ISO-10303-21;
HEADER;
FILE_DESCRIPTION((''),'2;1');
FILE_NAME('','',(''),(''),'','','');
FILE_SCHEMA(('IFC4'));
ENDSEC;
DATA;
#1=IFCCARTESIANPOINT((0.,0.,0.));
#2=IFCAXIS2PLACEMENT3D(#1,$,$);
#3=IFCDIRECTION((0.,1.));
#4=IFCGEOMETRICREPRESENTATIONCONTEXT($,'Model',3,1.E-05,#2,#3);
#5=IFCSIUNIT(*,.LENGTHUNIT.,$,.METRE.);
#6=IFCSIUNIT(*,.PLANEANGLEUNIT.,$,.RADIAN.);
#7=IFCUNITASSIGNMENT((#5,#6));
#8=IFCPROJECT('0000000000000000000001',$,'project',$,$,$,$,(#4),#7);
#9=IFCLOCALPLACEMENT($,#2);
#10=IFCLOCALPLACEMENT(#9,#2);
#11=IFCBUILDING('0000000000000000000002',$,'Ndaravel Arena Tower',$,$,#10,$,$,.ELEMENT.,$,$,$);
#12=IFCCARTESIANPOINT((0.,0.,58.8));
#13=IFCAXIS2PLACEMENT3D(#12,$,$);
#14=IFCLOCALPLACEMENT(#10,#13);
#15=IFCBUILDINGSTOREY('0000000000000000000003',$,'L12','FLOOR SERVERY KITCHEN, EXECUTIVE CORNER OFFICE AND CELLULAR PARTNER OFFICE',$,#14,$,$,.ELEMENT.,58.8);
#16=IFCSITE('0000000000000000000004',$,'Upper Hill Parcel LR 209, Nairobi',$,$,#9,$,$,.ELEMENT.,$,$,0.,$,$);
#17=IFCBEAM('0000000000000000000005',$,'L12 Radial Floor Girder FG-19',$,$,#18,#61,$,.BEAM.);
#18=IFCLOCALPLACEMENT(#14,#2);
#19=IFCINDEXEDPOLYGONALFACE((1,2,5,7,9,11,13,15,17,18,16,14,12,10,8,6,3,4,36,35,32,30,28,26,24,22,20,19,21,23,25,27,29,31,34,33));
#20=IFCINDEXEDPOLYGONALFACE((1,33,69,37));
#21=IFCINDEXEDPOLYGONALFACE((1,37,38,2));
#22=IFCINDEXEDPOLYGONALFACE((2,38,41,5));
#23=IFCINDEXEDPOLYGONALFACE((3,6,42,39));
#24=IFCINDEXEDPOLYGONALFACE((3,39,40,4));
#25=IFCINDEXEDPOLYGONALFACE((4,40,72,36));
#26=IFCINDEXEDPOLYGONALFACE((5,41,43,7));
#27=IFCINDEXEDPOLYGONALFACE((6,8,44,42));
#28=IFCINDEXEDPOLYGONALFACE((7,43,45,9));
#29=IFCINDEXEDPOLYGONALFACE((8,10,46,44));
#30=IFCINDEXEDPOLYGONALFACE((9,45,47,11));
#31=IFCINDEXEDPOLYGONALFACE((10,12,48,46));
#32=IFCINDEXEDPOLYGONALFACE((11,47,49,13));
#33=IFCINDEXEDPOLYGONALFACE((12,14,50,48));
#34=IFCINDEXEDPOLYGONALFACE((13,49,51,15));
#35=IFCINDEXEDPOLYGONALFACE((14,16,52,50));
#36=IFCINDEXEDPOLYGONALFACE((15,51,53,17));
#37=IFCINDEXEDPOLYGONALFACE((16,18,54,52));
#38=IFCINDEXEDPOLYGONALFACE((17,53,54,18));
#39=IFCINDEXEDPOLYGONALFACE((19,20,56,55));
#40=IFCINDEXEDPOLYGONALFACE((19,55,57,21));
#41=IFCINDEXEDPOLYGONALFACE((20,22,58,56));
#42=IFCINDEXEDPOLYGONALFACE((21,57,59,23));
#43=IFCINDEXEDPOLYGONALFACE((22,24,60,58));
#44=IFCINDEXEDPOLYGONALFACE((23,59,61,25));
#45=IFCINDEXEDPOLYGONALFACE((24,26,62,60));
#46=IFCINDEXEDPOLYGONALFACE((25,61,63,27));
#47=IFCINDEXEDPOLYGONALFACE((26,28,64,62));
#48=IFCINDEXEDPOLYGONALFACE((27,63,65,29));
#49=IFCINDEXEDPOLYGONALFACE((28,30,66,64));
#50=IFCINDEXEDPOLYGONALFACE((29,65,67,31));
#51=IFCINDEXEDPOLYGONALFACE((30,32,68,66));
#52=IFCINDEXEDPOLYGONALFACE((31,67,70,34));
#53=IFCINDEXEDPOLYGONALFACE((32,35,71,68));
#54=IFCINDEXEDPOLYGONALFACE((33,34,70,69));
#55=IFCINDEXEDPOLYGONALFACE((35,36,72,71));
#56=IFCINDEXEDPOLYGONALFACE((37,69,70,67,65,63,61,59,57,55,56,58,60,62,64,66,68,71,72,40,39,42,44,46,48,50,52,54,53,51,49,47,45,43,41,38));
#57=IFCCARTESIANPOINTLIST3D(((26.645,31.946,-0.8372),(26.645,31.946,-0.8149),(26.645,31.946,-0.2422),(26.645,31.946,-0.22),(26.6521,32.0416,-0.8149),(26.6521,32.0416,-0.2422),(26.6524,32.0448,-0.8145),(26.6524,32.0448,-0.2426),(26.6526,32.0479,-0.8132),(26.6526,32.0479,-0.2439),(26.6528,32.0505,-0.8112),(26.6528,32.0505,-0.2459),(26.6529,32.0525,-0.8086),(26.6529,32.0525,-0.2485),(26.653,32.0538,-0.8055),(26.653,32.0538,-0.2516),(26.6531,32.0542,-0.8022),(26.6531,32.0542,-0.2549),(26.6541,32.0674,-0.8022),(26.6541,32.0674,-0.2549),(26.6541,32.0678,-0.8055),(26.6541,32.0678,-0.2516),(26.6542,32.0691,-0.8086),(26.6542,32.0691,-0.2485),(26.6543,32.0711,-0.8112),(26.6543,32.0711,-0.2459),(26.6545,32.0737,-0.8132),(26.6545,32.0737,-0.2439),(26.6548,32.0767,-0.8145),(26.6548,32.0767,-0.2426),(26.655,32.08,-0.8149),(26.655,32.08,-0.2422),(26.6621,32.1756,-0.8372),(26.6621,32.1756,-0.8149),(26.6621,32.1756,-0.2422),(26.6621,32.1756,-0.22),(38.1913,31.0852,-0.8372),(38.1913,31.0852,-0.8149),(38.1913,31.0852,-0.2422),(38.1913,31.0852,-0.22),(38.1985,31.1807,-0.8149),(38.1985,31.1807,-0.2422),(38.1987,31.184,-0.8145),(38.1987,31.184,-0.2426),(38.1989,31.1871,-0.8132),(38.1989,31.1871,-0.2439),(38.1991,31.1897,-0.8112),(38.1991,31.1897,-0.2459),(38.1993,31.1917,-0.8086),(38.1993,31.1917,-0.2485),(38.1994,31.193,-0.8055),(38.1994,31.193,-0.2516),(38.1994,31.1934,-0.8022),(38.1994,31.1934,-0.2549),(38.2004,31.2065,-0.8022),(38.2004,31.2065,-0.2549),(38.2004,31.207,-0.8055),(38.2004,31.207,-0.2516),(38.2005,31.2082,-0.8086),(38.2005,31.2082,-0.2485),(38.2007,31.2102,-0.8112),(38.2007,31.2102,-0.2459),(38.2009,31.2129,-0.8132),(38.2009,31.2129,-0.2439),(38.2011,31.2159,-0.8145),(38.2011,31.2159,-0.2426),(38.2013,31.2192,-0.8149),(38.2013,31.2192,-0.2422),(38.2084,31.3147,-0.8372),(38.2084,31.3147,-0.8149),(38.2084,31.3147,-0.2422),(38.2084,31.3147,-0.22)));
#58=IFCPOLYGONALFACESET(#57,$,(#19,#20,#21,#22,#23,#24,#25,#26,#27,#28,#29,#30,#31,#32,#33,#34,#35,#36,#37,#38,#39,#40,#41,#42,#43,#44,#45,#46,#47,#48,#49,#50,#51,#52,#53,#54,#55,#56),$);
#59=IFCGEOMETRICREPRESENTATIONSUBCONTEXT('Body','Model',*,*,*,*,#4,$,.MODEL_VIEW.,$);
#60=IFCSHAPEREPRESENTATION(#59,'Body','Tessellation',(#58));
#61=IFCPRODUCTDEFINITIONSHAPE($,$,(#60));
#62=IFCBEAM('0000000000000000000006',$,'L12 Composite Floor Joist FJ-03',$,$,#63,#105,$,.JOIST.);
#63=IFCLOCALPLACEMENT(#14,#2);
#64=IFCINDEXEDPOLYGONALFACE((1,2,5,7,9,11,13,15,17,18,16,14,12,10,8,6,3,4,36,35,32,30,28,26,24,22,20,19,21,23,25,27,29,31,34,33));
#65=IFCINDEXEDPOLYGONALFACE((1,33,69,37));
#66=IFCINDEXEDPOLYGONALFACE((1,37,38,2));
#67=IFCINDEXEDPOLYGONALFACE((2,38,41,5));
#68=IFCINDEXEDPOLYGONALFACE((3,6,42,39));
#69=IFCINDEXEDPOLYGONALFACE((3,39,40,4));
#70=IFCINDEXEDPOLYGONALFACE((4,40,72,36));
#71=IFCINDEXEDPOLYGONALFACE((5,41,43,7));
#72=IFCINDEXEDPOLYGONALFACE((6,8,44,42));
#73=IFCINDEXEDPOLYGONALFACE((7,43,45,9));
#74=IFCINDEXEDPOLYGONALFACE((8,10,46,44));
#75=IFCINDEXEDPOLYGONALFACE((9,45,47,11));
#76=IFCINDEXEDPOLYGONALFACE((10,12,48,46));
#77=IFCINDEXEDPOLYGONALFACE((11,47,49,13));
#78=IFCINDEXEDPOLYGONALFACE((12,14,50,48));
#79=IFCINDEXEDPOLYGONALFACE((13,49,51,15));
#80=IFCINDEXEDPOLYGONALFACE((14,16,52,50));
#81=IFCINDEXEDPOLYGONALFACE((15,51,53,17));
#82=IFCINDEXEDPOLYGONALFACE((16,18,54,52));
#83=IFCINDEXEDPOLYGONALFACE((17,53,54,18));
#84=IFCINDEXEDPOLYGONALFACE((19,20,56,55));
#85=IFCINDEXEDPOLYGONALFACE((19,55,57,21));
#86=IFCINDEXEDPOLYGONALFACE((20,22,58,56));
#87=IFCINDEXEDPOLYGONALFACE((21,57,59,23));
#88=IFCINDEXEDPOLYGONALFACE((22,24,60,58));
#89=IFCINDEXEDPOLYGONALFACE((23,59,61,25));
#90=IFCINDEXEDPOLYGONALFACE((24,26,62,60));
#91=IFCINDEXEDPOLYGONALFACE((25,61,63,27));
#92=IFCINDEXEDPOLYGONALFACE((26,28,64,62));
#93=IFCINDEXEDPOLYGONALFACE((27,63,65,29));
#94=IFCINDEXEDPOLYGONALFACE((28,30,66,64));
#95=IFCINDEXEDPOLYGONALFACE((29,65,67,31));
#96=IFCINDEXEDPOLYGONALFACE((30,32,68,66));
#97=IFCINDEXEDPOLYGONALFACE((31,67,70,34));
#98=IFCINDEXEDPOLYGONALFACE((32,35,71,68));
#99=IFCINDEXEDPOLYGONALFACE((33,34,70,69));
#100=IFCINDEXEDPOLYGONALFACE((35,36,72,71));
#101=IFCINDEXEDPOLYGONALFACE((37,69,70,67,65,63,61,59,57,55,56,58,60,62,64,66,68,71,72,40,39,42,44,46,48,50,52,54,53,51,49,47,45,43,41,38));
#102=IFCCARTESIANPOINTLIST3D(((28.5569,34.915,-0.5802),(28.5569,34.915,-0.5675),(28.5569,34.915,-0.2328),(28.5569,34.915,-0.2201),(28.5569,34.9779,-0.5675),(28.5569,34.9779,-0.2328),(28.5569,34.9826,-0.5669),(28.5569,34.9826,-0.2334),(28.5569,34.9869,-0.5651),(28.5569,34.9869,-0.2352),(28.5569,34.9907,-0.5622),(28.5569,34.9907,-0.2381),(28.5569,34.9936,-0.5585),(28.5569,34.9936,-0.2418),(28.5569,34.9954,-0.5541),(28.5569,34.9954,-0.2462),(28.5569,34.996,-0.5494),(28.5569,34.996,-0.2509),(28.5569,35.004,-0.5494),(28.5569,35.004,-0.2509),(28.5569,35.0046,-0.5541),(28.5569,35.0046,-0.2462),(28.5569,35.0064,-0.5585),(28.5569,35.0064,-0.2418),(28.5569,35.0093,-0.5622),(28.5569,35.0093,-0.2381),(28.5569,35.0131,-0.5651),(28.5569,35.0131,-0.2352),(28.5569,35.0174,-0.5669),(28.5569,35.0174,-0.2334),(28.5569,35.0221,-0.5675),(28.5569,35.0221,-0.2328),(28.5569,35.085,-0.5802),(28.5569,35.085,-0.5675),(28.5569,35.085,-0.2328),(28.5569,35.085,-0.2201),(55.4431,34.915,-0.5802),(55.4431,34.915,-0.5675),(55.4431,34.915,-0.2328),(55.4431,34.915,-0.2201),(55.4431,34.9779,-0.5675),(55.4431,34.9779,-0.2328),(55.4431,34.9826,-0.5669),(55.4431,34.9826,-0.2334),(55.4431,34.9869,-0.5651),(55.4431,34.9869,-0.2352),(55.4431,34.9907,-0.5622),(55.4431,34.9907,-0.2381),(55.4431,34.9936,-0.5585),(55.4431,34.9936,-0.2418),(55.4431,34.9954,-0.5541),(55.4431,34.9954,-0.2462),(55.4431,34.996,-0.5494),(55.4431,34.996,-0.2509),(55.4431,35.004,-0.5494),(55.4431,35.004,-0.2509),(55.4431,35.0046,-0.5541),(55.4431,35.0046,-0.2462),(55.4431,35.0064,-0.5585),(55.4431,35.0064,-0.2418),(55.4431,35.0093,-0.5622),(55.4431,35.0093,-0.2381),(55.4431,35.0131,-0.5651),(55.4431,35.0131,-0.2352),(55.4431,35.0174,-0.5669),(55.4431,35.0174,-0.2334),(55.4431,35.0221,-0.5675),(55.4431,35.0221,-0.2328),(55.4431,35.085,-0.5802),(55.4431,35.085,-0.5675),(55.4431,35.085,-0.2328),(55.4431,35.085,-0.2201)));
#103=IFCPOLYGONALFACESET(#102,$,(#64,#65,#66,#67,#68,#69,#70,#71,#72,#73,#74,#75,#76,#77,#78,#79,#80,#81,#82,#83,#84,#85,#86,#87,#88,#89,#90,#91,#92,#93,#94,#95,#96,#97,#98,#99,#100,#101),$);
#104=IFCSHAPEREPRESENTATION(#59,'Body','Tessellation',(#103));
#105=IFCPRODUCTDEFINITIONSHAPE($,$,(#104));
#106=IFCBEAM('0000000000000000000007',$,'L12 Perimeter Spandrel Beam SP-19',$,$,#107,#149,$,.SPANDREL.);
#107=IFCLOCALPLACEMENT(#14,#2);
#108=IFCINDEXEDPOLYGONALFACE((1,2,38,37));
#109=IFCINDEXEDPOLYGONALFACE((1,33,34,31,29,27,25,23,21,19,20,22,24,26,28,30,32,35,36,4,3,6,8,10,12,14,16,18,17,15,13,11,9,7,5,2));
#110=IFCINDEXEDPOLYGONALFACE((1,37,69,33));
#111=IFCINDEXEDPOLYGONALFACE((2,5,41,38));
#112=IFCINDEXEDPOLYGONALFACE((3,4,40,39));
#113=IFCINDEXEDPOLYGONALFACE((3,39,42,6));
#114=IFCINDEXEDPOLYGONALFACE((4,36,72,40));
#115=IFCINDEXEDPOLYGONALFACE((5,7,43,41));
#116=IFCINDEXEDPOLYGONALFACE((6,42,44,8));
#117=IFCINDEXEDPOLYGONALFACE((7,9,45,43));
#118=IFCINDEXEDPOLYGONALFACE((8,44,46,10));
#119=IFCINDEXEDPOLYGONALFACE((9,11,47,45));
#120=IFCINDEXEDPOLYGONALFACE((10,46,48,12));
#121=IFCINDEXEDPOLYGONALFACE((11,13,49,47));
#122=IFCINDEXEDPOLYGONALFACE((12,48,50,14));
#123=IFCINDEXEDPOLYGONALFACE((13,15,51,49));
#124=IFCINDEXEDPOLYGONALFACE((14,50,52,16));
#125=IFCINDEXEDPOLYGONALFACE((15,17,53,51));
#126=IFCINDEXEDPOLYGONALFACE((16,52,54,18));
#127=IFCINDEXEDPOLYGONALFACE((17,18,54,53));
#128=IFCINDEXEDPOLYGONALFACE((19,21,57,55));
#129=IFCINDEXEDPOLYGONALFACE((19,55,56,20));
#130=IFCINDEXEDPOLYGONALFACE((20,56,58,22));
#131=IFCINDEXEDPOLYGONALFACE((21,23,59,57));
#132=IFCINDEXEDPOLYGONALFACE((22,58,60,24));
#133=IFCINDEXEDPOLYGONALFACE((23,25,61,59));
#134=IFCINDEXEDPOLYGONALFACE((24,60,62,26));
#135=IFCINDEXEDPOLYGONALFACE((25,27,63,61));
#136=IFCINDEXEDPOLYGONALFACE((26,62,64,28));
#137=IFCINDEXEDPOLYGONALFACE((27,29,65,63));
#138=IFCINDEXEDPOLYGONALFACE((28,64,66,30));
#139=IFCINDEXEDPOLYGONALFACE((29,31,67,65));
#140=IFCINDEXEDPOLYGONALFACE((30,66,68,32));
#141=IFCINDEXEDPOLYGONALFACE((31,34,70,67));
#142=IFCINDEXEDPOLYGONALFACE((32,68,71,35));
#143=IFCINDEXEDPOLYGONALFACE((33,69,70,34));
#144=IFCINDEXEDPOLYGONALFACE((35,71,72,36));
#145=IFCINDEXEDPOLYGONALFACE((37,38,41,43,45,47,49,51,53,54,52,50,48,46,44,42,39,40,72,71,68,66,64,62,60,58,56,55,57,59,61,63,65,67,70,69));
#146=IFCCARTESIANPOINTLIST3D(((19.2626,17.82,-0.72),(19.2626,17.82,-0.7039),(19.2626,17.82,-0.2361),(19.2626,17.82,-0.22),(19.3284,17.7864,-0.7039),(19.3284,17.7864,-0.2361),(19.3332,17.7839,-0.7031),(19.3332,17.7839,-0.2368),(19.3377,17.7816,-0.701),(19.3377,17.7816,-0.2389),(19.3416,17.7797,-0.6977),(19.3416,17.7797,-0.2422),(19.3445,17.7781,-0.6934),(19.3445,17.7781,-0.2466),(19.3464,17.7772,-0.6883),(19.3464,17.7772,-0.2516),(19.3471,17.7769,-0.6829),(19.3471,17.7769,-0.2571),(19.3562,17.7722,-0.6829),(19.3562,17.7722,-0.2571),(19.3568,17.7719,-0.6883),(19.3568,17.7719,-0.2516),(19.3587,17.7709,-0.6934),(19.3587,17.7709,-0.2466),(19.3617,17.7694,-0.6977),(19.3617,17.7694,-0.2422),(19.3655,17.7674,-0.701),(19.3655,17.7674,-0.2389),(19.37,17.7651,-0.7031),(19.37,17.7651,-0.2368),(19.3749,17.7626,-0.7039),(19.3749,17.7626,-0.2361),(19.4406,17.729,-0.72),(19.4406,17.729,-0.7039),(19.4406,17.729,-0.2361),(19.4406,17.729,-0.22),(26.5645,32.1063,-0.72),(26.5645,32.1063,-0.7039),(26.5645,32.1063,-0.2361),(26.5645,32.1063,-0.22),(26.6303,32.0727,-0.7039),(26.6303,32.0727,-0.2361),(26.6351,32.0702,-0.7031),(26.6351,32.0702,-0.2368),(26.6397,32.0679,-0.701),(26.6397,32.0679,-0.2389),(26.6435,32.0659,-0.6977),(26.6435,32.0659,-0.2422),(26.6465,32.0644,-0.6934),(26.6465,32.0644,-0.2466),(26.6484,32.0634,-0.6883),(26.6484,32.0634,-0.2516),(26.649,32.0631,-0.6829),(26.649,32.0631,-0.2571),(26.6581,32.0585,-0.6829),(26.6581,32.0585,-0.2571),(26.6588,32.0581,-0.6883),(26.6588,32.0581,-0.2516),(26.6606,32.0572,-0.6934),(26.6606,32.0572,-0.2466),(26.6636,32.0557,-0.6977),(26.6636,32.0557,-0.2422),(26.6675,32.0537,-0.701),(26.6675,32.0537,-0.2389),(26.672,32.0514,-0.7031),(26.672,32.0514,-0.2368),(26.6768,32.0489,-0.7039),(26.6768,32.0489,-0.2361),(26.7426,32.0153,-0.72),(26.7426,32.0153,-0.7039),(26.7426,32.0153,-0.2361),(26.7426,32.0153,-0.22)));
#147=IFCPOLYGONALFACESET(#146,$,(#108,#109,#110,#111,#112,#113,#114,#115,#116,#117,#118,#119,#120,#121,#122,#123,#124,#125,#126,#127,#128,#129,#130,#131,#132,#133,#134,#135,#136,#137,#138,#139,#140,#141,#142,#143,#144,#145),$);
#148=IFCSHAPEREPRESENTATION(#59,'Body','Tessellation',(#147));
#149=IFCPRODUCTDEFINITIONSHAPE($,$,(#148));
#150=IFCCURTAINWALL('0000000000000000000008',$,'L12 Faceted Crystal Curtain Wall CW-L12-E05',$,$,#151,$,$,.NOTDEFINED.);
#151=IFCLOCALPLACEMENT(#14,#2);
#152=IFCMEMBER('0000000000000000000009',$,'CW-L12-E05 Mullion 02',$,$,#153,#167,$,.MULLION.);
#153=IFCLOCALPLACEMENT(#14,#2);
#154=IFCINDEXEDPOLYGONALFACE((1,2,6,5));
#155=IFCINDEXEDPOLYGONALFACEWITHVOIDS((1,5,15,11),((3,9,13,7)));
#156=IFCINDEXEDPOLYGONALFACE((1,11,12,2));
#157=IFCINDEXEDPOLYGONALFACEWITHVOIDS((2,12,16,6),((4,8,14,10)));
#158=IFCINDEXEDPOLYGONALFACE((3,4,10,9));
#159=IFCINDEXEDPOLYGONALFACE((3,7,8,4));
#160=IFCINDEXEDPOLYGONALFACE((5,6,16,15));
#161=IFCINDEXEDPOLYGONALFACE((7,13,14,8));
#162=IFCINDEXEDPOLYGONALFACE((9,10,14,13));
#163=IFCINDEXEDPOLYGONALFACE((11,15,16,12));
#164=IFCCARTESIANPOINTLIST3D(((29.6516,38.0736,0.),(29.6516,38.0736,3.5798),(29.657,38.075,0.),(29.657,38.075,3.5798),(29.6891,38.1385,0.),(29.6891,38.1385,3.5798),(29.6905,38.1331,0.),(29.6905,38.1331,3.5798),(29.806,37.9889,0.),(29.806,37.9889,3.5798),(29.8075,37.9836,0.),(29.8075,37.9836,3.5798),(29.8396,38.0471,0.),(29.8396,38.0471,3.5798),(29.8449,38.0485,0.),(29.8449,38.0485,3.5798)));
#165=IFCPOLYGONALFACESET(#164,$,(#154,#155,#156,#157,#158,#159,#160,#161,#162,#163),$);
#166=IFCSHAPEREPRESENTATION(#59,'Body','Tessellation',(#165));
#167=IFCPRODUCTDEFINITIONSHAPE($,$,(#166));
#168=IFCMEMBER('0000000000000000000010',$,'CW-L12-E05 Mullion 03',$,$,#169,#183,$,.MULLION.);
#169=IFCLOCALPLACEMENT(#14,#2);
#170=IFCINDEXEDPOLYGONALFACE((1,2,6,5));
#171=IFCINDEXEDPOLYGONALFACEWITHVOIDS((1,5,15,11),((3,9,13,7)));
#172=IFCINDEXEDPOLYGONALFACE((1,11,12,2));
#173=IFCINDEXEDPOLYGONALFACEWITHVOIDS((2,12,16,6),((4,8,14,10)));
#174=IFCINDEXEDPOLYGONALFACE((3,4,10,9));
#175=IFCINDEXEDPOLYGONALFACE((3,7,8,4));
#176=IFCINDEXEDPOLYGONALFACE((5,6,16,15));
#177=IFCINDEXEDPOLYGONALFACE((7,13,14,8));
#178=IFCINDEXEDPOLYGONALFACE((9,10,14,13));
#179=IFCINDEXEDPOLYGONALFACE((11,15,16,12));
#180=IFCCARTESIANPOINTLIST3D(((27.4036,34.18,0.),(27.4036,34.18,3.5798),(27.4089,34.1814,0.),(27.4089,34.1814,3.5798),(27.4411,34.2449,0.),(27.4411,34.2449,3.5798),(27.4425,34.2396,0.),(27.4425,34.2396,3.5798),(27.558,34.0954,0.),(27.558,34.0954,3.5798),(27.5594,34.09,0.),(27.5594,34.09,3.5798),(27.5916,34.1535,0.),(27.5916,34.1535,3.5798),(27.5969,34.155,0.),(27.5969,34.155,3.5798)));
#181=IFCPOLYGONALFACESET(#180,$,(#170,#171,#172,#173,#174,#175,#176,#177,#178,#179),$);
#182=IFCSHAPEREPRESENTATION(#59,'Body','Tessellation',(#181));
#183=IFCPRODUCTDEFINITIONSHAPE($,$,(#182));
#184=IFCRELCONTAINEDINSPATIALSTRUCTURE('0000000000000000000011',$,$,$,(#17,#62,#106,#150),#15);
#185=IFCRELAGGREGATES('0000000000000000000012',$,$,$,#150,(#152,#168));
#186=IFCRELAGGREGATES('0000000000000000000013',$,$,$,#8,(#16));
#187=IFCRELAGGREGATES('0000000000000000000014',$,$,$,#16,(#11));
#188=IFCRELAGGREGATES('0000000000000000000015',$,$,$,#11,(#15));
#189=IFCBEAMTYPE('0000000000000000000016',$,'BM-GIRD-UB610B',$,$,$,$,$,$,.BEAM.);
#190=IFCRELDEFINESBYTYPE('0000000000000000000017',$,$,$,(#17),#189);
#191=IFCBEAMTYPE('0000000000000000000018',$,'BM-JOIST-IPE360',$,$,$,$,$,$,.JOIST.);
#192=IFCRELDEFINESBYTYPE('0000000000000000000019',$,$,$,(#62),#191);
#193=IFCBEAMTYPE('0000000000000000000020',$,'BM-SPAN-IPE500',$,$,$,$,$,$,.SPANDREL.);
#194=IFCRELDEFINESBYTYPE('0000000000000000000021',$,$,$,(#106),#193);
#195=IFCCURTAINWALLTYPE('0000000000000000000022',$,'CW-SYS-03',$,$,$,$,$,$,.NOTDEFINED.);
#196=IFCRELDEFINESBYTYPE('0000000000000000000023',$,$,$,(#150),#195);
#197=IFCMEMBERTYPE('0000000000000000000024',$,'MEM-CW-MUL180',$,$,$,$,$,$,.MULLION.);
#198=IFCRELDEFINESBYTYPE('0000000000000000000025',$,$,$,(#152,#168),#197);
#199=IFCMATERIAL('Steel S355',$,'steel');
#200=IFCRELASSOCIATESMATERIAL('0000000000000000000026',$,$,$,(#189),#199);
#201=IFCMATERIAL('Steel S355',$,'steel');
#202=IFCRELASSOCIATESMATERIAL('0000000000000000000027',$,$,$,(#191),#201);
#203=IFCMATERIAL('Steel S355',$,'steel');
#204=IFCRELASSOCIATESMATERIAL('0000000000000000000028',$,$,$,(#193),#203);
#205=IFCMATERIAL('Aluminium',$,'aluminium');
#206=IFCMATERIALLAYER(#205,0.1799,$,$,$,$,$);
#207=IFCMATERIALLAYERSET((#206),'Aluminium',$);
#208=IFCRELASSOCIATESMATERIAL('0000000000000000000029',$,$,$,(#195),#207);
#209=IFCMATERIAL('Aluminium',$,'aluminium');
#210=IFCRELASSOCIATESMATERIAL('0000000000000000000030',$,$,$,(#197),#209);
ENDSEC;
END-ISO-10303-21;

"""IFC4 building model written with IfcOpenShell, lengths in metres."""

from ifc_helpers import new_model, si_unit, direction, frame, origin, origin_2d, place, context, subcontext, project, spatial, hollow_rectangle, i_section, extrude, material, layer, layer_set, material_profile, profile_set, type_object, element, aggregate, save


model = new_model("IFC4")

# Units and contexts
model_context = context("Model", 3, precision=1e-05, world=origin(), true_north=direction((0.0, 1.0)))
body_context = subcontext(model_context, "Body", "Model", "MODEL_VIEW")
ifc_project = project(units=[si_unit("LENGTHUNIT", "METRE"), si_unit("PLANEANGLEUNIT", "RADIAN")], contexts=[model_context])

# Site, building, storey
site_placement = place(None, origin())
site = spatial("IfcSite", under=ifc_project, at=site_placement, Name="Upper Hill Parcel LR 209, Nairobi", CompositionType="ELEMENT", RefElevation=0.0)
building_placement = place(site_placement, origin())
building = spatial("IfcBuilding", under=site, at=building_placement, Name="Ndaravel Arena Tower", CompositionType="ELEMENT")
storey_placement = place(building_placement, frame((0.0, 0.0, 58.8)))
storey = spatial("IfcBuildingStorey", under=building, at=storey_placement, Name="L12", Description="FLOOR SERVERY KITCHEN, EXECUTIVE CORNER OFFICE AND CELLULAR PARTNER OFFICE", CompositionType="ELEMENT", Elevation=58.8)

# Beams
ifc_material_1 = material(Name="Steel S355", Category="steel")
ifc_material_profile_1 = material_profile(ifc_material_1, i_section(OverallWidth=0.2302, OverallDepth=0.6172, WebThickness=0.0132, FlangeThickness=0.0222, FilletRadius=0.0127, at=origin_2d()), Name="UB 610x229x140")
ifc_profile_set_1 = profile_set([ifc_material_profile_1], Name="Steel S355")
beam_type_1 = type_object("IfcBeamType", Name="BM-GIRD-UB610B", PredefinedType="BEAM", material=ifc_profile_set_1)
beam_1_placement = place(storey_placement, frame((26.6536, 32.0608, -0.5286), z_axis=(0.997232, -0.074349, 0.0), x_axis=(0.074349, 0.997232, 0.0)))
element("IfcBeam", 1, at=beam_1_placement, inside=storey, type_object=beam_type_1, Name="L12 Radial Floor Girder FG-19", PredefinedType="BEAM", context=body_context, shape_type="SweptSolid", body=[
    extrude(i_section(OverallWidth=0.2302, OverallDepth=0.6172, WebThickness=0.0132, FlangeThickness=0.0222, FilletRadius=0.0127, at=origin_2d()), origin(), (0.0, 0.0, 1.0), 11.5784),
])
ifc_material_2 = material(Name="Steel S355", Category="steel")
ifc_material_profile_2 = material_profile(ifc_material_2, i_section(OverallWidth=0.1699, OverallDepth=0.3601, WebThickness=0.0081, FlangeThickness=0.0127, FilletRadius=0.0181, at=origin_2d()), Name="IPE 360")
ifc_profile_set_2 = profile_set([ifc_material_profile_2], Name="Steel S355")
beam_type_2 = type_object("IfcBeamType", Name="BM-JOIST-IPE360", PredefinedType="JOIST", material=ifc_profile_set_2)
beam_2_placement = place(storey_placement, frame((28.5569, 35.0, -0.4001), z_axis=(1.0, 0.0, 0.0), x_axis=(0.0, 1.0, 0.0)))
element("IfcBeam", 2, at=beam_2_placement, inside=storey, type_object=beam_type_2, Name="L12 Composite Floor Joist FJ-03", PredefinedType="JOIST", context=body_context, shape_type="SweptSolid", body=[
    extrude(i_section(OverallWidth=0.1699, OverallDepth=0.3601, WebThickness=0.0081, FlangeThickness=0.0127, FilletRadius=0.0181, at=origin_2d()), origin(), (0.0, 0.0, 1.0), 26.8862),
])
ifc_material_3 = material(Name="Steel S355", Category="steel")
ifc_material_profile_3 = material_profile(ifc_material_3, i_section(OverallWidth=0.2, OverallDepth=0.5, WebThickness=0.0103, FlangeThickness=0.0161, FilletRadius=0.021, at=origin_2d()), Name="IPE 500")
ifc_profile_set_3 = profile_set([ifc_material_profile_3], Name="Steel S355")
beam_type_3 = type_object("IfcBeamType", Name="BM-SPAN-IPE500", PredefinedType="SPANDREL", material=ifc_profile_set_3)
beam_3_placement = place(storey_placement, frame((26.6536, 32.0608, -0.47), z_axis=(-0.455115, -0.890433, 0.0), x_axis=(0.890433, -0.455115, 0.0)))
element("IfcBeam", 3, at=beam_3_placement, inside=storey, type_object=beam_type_3, Name="L12 Perimeter Spandrel Beam SP-19", PredefinedType="SPANDREL", context=body_context, shape_type="SweptSolid", body=[
    extrude(i_section(OverallWidth=0.2, OverallDepth=0.5, WebThickness=0.0103, FlangeThickness=0.0161, FilletRadius=0.021, at=origin_2d()), origin(), (0.0, 0.0, 1.0), 16.0442),
])

# Curtain wall, members
ifc_material_4 = material(Name="Aluminium", Category="aluminium")
ifc_layer_1 = layer(ifc_material_4, 0.1799)
ifc_layer_set_1 = layer_set([ifc_layer_1], Name="Aluminium")
curtain_wall_type = type_object("IfcCurtainWallType", Name="CW-SYS-03", PredefinedType="NOTDEFINED", material=ifc_layer_set_1)
curtain_wall_placement = place(storey_placement, origin())
curtain_wall = element("IfcCurtainWall", 4, at=curtain_wall_placement, inside=storey, type_object=curtain_wall_type, Name="L12 Faceted Crystal Curtain Wall CW-L12-E05", PredefinedType="NOTDEFINED")
ifc_material_5 = material(Name="Aluminium", Category="aluminium")
ifc_material_profile_4 = material_profile(ifc_material_5, hollow_rectangle(XDim=0.075, YDim=0.1799, WallThickness=0.0039, at=origin_2d()), Name="CW MULLION 75x180x4")
ifc_profile_set_4 = profile_set([ifc_material_profile_4], Name="Aluminium")
member_type = type_object("IfcMemberType", Name="MEM-CW-MUL180", PredefinedType="MULLION", material=ifc_profile_set_4)
member_1_placement = place(storey_placement, frame((29.7483, 38.061, 0.0), z_axis=(0.0, 0.0, 1.0), x_axis=(-0.5, -0.866025, 0.0)))
member_1 = element("IfcMember", 5, at=member_1_placement, type_object=member_type, Name="CW-L12-E05 Mullion 02", PredefinedType="MULLION", context=body_context, shape_type="SweptSolid", body=[
    extrude(hollow_rectangle(XDim=0.075, YDim=0.1799, WallThickness=0.0039, at=origin_2d()), origin(), (0.0, 0.0, 1.0), 3.5798),
])
member_2_placement = place(storey_placement, frame((27.5002, 34.1675, 0.0), z_axis=(0.0, 0.0, 1.0), x_axis=(-0.5, -0.866025, 0.0)))
member_2 = element("IfcMember", 6, at=member_2_placement, type_object=member_type, Name="CW-L12-E05 Mullion 03", PredefinedType="MULLION", context=body_context, shape_type="SweptSolid", body=[
    extrude(hollow_rectangle(XDim=0.075, YDim=0.1799, WallThickness=0.0039, at=origin_2d()), origin(), (0.0, 0.0, 1.0), 3.5798),
])
aggregate(curtain_wall, [member_1, member_2])

save(model, "model.ifc")
